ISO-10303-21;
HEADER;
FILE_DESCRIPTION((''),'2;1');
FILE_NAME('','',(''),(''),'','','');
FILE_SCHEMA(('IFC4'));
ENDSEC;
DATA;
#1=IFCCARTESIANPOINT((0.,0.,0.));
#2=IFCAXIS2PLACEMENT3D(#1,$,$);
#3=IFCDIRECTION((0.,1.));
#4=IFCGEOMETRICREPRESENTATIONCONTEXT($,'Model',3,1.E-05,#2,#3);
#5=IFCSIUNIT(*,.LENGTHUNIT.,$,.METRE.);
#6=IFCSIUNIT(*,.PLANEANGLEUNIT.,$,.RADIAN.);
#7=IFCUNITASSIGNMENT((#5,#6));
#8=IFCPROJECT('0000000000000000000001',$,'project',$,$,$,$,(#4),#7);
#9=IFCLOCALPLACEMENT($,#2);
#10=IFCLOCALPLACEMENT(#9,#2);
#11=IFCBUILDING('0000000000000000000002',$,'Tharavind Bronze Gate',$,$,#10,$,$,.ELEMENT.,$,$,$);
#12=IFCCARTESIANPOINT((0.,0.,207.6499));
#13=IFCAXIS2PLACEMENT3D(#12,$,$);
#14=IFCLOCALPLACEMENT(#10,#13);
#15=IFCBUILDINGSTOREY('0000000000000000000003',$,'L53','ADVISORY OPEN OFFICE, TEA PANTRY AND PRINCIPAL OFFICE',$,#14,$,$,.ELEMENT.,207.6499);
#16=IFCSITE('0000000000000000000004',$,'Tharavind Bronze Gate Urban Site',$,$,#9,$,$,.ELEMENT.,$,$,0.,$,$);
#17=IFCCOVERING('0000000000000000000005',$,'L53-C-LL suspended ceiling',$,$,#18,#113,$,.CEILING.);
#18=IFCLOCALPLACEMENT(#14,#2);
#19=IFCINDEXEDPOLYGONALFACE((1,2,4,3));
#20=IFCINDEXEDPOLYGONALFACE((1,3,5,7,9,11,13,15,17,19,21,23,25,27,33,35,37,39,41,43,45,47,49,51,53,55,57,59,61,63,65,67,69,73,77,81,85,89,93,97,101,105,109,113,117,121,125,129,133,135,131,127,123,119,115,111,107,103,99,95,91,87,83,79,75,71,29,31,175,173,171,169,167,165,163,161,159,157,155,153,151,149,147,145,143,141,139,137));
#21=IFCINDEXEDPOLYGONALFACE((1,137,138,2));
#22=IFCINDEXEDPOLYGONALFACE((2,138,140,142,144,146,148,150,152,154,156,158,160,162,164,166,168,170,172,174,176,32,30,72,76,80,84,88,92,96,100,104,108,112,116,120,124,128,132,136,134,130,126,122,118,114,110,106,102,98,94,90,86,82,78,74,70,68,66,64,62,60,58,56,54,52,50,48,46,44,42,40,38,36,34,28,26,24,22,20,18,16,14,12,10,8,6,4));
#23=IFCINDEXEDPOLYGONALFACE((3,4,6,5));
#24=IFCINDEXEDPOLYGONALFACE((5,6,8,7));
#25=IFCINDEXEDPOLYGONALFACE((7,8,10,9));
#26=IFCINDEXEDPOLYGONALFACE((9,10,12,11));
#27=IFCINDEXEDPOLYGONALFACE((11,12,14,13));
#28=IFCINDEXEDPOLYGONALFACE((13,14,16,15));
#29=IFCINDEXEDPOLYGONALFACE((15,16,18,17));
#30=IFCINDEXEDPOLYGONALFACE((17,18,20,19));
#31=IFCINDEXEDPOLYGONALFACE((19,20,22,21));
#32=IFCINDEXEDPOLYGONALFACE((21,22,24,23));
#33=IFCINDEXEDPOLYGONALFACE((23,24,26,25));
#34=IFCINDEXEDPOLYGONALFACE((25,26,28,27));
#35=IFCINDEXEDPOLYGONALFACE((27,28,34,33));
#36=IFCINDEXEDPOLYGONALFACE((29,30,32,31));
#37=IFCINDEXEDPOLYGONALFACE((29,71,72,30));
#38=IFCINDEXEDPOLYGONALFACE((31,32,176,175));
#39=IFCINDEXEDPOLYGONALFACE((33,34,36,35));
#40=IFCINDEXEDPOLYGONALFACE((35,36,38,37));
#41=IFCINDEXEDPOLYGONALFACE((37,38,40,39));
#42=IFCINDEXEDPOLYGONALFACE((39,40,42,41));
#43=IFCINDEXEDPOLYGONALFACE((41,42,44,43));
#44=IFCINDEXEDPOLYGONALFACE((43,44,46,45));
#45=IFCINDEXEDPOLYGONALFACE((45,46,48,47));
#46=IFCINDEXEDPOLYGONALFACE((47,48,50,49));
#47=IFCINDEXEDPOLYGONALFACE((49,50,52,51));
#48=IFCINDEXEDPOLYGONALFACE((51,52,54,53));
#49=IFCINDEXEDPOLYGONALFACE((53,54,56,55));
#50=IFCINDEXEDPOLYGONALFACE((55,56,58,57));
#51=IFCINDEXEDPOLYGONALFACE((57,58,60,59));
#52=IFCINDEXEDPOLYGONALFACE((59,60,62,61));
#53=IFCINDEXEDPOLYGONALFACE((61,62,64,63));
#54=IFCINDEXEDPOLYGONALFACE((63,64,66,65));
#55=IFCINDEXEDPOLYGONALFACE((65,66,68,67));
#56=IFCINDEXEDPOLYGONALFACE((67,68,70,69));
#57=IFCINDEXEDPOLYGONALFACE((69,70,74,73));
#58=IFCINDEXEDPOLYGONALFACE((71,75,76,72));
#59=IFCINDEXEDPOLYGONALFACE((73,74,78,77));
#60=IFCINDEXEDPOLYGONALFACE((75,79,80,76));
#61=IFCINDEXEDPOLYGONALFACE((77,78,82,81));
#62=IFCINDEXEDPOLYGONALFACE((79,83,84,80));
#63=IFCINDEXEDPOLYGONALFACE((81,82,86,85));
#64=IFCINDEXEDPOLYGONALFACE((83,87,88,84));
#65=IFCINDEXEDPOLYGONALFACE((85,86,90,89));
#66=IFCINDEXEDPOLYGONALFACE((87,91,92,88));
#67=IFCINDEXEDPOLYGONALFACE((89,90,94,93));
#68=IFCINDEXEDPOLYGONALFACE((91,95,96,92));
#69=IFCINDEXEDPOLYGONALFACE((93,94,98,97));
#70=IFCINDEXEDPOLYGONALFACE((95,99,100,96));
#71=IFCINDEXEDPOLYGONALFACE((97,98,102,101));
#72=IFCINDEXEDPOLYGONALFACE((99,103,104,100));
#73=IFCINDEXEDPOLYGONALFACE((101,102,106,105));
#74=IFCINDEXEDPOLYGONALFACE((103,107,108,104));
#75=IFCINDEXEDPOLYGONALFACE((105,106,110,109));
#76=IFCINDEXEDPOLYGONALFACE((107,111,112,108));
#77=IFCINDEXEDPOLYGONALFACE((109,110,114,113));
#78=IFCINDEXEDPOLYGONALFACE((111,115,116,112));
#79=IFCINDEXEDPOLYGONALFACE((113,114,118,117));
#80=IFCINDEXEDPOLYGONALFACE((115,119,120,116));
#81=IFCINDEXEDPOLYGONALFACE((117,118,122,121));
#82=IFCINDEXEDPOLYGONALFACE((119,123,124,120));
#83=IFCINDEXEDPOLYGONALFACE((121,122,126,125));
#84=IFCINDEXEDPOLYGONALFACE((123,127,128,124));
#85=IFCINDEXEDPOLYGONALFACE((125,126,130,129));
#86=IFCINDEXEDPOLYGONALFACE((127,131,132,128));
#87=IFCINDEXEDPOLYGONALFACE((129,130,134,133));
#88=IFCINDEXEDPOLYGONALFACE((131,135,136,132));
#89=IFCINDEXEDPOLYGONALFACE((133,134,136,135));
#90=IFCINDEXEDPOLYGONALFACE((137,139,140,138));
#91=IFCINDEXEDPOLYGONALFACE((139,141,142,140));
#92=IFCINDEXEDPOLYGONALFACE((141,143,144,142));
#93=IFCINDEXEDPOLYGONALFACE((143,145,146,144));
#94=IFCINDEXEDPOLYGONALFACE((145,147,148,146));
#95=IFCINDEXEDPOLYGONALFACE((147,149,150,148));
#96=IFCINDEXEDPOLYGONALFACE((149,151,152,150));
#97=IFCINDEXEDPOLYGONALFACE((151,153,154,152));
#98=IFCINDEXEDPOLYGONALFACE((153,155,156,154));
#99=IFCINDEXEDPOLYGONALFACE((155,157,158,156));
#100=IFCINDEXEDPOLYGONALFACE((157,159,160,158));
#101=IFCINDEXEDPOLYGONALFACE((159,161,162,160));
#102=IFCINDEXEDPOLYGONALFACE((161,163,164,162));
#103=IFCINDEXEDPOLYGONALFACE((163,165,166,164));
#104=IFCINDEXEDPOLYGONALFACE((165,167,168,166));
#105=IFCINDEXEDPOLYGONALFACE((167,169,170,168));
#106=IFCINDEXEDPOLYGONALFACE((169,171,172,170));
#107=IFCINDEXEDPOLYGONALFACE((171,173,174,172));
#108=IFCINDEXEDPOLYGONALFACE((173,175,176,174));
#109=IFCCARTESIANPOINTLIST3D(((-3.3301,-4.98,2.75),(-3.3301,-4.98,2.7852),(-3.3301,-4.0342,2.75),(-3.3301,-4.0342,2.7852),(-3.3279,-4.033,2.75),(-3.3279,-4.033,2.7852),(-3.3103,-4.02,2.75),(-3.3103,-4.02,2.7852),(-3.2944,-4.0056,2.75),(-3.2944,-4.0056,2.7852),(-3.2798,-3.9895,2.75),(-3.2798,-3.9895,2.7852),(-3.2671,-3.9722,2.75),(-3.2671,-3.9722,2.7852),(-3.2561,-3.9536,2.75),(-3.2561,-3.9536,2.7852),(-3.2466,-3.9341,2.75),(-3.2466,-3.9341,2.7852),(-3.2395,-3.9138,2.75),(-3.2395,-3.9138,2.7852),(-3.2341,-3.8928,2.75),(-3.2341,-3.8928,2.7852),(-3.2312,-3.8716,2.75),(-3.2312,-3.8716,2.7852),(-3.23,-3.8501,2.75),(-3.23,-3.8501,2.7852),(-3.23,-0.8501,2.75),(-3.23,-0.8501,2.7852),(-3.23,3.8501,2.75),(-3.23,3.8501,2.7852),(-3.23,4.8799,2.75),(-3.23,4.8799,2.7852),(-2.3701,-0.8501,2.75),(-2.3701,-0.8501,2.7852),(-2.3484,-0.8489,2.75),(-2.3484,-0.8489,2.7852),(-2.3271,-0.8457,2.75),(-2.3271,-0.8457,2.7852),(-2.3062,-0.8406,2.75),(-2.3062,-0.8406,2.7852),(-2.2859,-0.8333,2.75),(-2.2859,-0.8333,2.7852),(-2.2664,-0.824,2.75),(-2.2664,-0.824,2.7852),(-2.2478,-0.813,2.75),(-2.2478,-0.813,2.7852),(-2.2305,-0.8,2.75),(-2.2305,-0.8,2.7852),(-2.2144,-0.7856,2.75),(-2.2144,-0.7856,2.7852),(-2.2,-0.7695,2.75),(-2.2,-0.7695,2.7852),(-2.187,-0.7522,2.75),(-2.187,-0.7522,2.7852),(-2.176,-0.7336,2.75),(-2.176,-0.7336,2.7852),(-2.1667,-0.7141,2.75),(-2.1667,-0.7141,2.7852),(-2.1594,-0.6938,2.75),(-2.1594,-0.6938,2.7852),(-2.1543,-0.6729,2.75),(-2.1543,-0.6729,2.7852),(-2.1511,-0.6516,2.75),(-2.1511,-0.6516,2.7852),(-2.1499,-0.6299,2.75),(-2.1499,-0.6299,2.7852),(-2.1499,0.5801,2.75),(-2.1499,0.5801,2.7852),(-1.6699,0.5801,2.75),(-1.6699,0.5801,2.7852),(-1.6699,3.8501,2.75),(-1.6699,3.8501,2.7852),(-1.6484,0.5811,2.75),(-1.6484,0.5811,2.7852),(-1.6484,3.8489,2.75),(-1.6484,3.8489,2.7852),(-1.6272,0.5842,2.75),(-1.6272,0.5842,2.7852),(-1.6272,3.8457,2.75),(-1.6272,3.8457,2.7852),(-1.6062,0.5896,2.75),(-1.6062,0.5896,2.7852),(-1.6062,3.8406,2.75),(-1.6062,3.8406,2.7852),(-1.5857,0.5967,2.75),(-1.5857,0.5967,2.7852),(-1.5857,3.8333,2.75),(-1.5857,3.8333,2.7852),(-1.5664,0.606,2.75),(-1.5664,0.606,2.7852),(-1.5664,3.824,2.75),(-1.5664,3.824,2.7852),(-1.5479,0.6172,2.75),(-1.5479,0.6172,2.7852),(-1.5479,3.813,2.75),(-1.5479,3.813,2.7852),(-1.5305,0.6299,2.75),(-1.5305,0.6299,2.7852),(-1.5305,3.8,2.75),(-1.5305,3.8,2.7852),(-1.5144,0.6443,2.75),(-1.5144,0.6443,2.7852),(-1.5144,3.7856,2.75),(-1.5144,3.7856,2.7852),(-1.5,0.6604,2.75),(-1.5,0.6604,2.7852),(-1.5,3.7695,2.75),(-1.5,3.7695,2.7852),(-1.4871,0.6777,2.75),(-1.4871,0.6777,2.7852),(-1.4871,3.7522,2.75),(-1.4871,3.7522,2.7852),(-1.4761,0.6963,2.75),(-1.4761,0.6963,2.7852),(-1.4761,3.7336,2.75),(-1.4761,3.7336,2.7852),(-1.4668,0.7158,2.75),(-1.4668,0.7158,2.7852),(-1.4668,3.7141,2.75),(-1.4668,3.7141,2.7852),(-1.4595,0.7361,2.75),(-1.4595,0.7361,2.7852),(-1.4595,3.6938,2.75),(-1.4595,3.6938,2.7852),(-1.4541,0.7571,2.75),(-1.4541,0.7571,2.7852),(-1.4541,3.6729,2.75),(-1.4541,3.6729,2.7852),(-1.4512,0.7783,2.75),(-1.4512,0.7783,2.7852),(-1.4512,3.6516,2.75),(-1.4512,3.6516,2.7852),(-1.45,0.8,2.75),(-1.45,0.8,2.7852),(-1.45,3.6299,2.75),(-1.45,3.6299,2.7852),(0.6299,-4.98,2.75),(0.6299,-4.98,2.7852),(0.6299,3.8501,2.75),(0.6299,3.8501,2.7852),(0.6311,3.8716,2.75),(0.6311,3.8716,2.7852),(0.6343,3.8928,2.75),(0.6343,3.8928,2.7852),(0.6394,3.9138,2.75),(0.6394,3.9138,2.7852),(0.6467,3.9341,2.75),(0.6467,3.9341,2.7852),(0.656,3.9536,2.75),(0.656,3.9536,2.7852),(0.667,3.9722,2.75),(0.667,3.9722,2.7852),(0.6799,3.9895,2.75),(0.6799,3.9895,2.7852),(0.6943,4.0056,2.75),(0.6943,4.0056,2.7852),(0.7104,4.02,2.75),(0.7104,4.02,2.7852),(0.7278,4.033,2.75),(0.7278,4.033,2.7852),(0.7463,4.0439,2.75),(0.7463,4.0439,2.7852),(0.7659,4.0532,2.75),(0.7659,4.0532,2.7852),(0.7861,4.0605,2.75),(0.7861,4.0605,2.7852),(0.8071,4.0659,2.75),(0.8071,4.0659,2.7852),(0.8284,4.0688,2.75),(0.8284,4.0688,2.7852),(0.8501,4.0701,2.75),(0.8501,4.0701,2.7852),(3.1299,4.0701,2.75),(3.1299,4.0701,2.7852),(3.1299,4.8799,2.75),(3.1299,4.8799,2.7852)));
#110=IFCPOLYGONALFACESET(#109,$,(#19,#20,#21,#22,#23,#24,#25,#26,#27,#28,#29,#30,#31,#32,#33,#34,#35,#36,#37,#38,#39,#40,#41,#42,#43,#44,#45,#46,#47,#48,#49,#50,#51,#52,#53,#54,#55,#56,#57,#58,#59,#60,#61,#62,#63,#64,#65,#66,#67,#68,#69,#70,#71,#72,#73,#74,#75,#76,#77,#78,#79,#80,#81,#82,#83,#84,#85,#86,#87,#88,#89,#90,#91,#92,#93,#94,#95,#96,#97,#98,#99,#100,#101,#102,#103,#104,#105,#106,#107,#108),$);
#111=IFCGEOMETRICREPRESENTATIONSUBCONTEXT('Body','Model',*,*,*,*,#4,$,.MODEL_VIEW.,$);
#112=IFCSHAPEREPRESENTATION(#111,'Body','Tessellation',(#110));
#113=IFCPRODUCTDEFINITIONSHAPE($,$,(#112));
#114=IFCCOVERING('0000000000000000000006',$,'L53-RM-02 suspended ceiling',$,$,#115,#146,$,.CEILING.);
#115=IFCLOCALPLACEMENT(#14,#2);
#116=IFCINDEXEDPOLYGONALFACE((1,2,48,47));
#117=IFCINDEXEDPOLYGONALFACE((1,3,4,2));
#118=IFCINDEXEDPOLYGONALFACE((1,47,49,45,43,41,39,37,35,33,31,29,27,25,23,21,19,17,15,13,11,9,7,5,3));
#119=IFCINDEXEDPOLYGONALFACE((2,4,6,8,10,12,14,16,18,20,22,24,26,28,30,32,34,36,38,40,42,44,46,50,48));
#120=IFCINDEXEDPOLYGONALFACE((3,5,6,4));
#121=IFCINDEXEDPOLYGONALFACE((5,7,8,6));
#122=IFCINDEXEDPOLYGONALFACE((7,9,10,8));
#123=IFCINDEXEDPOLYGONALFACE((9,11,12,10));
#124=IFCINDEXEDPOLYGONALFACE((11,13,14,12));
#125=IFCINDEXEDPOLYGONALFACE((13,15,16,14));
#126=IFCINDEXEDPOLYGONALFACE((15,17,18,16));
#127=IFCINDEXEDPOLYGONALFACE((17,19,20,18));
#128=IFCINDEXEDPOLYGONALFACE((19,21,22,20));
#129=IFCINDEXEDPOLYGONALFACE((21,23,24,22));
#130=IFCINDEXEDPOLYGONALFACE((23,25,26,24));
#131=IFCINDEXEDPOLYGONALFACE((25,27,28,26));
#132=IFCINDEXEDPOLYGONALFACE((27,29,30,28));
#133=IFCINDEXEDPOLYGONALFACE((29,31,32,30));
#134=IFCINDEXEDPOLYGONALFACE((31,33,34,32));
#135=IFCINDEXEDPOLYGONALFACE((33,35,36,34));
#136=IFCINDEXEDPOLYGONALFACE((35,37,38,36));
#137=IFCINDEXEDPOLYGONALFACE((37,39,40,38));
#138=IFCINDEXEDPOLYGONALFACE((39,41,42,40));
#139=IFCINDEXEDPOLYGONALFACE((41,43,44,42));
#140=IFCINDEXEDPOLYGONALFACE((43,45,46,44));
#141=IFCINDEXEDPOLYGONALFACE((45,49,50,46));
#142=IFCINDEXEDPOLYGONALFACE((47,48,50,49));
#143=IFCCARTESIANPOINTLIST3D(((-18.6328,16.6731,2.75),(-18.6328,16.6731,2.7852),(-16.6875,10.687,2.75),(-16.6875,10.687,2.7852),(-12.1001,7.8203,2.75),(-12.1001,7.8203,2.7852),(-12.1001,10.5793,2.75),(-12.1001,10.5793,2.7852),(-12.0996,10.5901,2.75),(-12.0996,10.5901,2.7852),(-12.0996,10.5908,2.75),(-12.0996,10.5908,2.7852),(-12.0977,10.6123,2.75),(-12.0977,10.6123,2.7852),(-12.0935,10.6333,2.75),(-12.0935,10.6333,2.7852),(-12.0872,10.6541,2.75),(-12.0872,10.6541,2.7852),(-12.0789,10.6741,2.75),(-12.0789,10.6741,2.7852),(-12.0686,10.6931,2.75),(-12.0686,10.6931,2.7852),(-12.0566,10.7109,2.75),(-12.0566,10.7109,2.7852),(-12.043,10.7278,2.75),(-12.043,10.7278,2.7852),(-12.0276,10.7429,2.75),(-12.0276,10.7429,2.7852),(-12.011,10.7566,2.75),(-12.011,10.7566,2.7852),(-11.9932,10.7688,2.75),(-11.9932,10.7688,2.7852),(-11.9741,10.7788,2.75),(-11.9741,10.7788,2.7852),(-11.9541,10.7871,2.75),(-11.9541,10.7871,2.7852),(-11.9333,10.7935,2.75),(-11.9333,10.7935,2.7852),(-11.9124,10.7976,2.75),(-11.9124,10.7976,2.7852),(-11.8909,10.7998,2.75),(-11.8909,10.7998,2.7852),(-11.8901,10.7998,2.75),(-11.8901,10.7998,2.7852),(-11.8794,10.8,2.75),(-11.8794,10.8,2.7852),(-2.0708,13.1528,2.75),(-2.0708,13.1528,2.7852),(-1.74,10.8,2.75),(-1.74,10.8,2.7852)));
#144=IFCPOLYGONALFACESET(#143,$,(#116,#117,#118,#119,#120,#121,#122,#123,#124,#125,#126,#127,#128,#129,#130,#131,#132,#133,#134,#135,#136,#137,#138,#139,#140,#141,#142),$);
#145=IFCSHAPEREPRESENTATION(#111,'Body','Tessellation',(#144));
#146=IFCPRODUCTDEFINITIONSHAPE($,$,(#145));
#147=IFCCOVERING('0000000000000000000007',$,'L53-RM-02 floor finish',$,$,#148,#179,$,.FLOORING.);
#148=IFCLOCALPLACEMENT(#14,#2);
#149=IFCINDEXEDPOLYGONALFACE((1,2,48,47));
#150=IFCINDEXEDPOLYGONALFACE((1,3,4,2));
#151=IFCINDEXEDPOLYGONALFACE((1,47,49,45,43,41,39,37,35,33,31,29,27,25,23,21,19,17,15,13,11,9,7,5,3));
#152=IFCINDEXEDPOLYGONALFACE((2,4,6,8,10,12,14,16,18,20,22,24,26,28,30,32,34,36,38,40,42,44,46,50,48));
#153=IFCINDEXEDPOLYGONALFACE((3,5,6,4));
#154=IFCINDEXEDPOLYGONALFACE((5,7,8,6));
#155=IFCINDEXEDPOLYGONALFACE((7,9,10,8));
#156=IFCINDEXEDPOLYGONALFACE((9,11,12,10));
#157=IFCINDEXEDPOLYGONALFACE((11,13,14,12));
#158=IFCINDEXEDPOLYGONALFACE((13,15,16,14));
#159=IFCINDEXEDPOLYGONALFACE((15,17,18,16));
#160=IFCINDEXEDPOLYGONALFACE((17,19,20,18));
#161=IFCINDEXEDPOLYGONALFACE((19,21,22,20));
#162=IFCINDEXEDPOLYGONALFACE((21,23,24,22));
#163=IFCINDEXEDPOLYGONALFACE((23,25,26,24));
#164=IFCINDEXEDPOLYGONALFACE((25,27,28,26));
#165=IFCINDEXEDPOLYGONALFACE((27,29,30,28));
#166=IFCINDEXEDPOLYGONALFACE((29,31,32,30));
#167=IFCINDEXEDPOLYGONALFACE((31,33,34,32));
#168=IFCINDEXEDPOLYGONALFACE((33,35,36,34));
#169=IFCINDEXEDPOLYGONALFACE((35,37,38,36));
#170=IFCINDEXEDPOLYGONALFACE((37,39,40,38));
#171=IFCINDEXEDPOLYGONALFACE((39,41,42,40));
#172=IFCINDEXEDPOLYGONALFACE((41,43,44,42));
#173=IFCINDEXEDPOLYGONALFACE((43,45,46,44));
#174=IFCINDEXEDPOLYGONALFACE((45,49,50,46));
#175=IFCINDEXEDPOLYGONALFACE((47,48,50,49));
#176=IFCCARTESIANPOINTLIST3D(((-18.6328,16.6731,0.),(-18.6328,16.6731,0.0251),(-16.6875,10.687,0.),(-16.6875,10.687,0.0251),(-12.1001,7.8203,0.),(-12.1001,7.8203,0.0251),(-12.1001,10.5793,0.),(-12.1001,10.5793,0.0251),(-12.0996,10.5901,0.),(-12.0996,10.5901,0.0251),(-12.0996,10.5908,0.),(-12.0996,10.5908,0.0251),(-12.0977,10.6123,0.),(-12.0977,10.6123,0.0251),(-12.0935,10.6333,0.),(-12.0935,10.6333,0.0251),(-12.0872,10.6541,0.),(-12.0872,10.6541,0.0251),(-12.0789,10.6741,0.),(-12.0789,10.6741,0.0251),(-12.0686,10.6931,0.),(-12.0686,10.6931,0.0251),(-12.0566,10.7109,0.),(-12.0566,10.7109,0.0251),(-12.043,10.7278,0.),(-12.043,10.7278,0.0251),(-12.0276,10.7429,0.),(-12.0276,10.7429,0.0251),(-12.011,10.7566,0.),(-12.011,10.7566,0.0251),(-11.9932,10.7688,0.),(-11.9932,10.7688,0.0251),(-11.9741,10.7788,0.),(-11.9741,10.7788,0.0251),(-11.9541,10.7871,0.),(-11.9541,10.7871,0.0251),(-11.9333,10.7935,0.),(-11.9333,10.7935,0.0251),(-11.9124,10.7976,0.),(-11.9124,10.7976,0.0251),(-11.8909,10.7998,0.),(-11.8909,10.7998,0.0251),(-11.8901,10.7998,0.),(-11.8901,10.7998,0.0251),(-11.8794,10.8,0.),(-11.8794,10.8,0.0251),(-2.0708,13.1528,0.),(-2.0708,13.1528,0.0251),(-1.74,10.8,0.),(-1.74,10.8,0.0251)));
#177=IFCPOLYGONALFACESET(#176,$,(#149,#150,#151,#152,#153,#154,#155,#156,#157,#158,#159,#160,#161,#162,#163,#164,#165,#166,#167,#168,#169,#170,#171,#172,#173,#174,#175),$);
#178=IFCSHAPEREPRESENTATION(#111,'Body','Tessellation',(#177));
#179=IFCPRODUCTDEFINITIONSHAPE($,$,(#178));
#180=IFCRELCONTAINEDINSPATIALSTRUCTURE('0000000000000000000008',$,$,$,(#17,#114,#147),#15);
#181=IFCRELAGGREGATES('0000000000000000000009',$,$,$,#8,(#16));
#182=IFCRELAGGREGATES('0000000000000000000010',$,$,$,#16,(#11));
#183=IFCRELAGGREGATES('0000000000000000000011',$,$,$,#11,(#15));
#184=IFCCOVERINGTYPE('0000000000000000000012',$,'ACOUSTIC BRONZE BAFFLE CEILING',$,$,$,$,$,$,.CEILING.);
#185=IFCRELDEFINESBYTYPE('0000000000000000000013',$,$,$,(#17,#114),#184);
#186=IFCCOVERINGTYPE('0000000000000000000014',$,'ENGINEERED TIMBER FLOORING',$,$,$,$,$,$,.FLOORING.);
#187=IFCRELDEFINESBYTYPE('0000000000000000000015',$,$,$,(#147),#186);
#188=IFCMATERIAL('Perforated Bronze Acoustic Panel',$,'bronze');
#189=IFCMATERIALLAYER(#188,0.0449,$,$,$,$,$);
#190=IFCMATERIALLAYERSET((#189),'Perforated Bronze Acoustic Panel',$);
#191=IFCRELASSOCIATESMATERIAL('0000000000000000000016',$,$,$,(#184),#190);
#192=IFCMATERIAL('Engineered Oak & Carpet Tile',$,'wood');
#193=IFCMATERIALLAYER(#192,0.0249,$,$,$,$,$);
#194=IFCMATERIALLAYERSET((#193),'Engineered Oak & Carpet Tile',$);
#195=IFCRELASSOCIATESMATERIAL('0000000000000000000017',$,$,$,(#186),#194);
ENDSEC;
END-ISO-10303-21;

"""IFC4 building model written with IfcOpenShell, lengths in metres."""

from ifc_helpers import new_model, si_unit, direction, frame, origin, place, context, subcontext, project, spatial, polyline, outline, extrude, material, layer, layer_set, type_object, element, save


model = new_model("IFC4")

# Units and contexts
model_context = context("Model", 3, precision=1e-05, world=origin(), true_north=direction((0.0, 1.0)))
body_context = subcontext(model_context, "Body", "Model", "MODEL_VIEW")
ifc_project = project(units=[si_unit("LENGTHUNIT", "METRE"), si_unit("PLANEANGLEUNIT", "RADIAN")], contexts=[model_context])

# Site, building, storey
site_placement = place(None, origin())
site = spatial("IfcSite", under=ifc_project, at=site_placement, Name="Tharavind Bronze Gate Urban Site", CompositionType="ELEMENT", RefElevation=0.0)
building_placement = place(site_placement, origin())
building = spatial("IfcBuilding", under=site, at=building_placement, Name="Tharavind Bronze Gate", CompositionType="ELEMENT")
storey_placement = place(building_placement, frame((0.0, 0.0, 207.6499)))
storey = spatial("IfcBuildingStorey", under=building, at=storey_placement, Name="L53", Description="ADVISORY OPEN OFFICE, TEA PANTRY AND PRINCIPAL OFFICE", CompositionType="ELEMENT", Elevation=207.6499)

# Coverings
ifc_material_1 = material(Name="Perforated Bronze Acoustic Panel", Category="bronze")
ifc_layer_1 = layer(ifc_material_1, 0.0449)
ifc_layer_set_1 = layer_set([ifc_layer_1], Name="Perforated Bronze Acoustic Panel")
covering_type_1 = type_object("IfcCoveringType", Name="ACOUSTIC BRONZE BAFFLE CEILING", PredefinedType="CEILING", material=ifc_layer_set_1)
covering_1_placement = place(storey_placement, frame((0.0, 0.0, 2.75)))
element("IfcCovering", 1, at=covering_1_placement, inside=storey, type_object=covering_type_1, Name="L53-C-LL suspended ceiling", PredefinedType="CEILING", context=body_context, shape_type="SweptSolid", body=[
    extrude(outline(polyline([(-3.3301, -4.98), (0.6299, -4.98), (0.6299, 3.8501), (0.6311, 3.8716), (0.6343, 3.8928), (0.6394, 3.9138), (0.6467, 3.9341), (0.656, 3.9536), (0.667, 3.9722), (0.6799, 3.9895), (0.6943, 4.0056), (0.7104, 4.02), (0.7278, 4.033), (0.7463, 4.0439), (0.7659, 4.0532), (0.7861, 4.0605), (0.8071, 4.0659), (0.8284, 4.0688), (0.8501, 4.0701), (3.1299, 4.0701), (3.1299, 4.8799), (-3.23, 4.8799), (-3.23, 3.8501), (-1.6699, 3.8501), (-1.6484, 3.8489), (-1.6272, 3.8457), (-1.6062, 3.8406), (-1.5857, 3.8333), (-1.5664, 3.824), (-1.5479, 3.813), (-1.5305, 3.8), (-1.5144, 3.7856), (-1.5, 3.7695), (-1.4871, 3.7522), (-1.4761, 3.7336), (-1.4668, 3.7141), (-1.4595, 3.6938), (-1.4541, 3.6729), (-1.4512, 3.6516), (-1.45, 3.6299), (-1.45, 0.8), (-1.4512, 0.7783), (-1.4541, 0.7571), (-1.4595, 0.7361), (-1.4668, 0.7158), (-1.4761, 0.6963), (-1.4871, 0.6777), (-1.5, 0.6604), (-1.5144, 0.6443), (-1.5305, 0.6299), (-1.5479, 0.6172), (-1.5664, 0.606), (-1.5857, 0.5967), (-1.6062, 0.5896), (-1.6272, 0.5842), (-1.6484, 0.5811), (-1.6699, 0.5801), (-2.1499, 0.5801), (-2.1499, -0.6299), (-2.1511, -0.6516), (-2.1543, -0.6729), (-2.1594, -0.6938), (-2.1667, -0.7141), (-2.176, -0.7336), (-2.187, -0.7522), (-2.2, -0.7695), (-2.2144, -0.7856), (-2.2305, -0.8), (-2.2478, -0.813), (-2.2664, -0.824), (-2.2859, -0.8333), (-2.3062, -0.8406), (-2.3271, -0.8457), (-2.3484, -0.8489), (-2.3701, -0.8501), (-3.23, -0.8501), (-3.23, -3.8501), (-3.2312, -3.8716), (-3.2341, -3.8928), (-3.2395, -3.9138), (-3.2466, -3.9341), (-3.2561, -3.9536), (-3.2671, -3.9722), (-3.2798, -3.9895), (-3.2944, -4.0056), (-3.3103, -4.02), (-3.3279, -4.033), (-3.3301, -4.0342), (-3.3301, -4.98)])), origin(), (0.0, 0.0, 1.0), 0.0352),
])
covering_2_placement = place(storey_placement, frame((0.0, 0.0, 2.75)))
element("IfcCovering", 2, at=covering_2_placement, inside=storey, type_object=covering_type_1, Name="L53-RM-02 suspended ceiling", PredefinedType="CEILING", context=body_context, shape_type="SweptSolid", body=[
    extrude(outline(polyline([(-16.6875, 10.687), (-12.1001, 7.8203), (-12.1001, 10.5793), (-12.0996, 10.5901), (-12.0996, 10.5908), (-12.0977, 10.6123), (-12.0935, 10.6333), (-12.0872, 10.6541), (-12.0789, 10.6741), (-12.0686, 10.6931), (-12.0566, 10.7109), (-12.043, 10.7278), (-12.0276, 10.7429), (-12.011, 10.7566), (-11.9932, 10.7688), (-11.9741, 10.7788), (-11.9541, 10.7871), (-11.9333, 10.7935), (-11.9124, 10.7976), (-11.8909, 10.7998), (-11.8901, 10.7998), (-11.8794, 10.8), (-1.74, 10.8), (-2.0708, 13.1528), (-18.6328, 16.6731), (-16.6875, 10.687)])), origin(), (0.0, 0.0, 1.0), 0.0352),
])
ifc_material_2 = material(Name="Engineered Oak & Carpet Tile", Category="wood")
ifc_layer_2 = layer(ifc_material_2, 0.0249)
ifc_layer_set_2 = layer_set([ifc_layer_2], Name="Engineered Oak & Carpet Tile")
covering_type_2 = type_object("IfcCoveringType", Name="ENGINEERED TIMBER FLOORING", PredefinedType="FLOORING", material=ifc_layer_set_2)
covering_3_placement = place(storey_placement, origin())
element("IfcCovering", 3, at=covering_3_placement, inside=storey, type_object=covering_type_2, Name="L53-RM-02 floor finish", PredefinedType="FLOORING", context=body_context, shape_type="SweptSolid", body=[
    extrude(outline(polyline([(-16.6875, 10.687), (-12.1001, 7.8203), (-12.1001, 10.5793), (-12.0996, 10.5901), (-12.0996, 10.5908), (-12.0977, 10.6123), (-12.0935, 10.6333), (-12.0872, 10.6541), (-12.0789, 10.6741), (-12.0686, 10.6931), (-12.0566, 10.7109), (-12.043, 10.7278), (-12.0276, 10.7429), (-12.011, 10.7566), (-11.9932, 10.7688), (-11.9741, 10.7788), (-11.9541, 10.7871), (-11.9333, 10.7935), (-11.9124, 10.7976), (-11.8909, 10.7998), (-11.8901, 10.7998), (-11.8794, 10.8), (-1.74, 10.8), (-2.0708, 13.1528), (-18.6328, 16.6731), (-16.6875, 10.687)])), origin(), (0.0, 0.0, 1.0), 0.0251),
])

save(model, "model.ifc")
